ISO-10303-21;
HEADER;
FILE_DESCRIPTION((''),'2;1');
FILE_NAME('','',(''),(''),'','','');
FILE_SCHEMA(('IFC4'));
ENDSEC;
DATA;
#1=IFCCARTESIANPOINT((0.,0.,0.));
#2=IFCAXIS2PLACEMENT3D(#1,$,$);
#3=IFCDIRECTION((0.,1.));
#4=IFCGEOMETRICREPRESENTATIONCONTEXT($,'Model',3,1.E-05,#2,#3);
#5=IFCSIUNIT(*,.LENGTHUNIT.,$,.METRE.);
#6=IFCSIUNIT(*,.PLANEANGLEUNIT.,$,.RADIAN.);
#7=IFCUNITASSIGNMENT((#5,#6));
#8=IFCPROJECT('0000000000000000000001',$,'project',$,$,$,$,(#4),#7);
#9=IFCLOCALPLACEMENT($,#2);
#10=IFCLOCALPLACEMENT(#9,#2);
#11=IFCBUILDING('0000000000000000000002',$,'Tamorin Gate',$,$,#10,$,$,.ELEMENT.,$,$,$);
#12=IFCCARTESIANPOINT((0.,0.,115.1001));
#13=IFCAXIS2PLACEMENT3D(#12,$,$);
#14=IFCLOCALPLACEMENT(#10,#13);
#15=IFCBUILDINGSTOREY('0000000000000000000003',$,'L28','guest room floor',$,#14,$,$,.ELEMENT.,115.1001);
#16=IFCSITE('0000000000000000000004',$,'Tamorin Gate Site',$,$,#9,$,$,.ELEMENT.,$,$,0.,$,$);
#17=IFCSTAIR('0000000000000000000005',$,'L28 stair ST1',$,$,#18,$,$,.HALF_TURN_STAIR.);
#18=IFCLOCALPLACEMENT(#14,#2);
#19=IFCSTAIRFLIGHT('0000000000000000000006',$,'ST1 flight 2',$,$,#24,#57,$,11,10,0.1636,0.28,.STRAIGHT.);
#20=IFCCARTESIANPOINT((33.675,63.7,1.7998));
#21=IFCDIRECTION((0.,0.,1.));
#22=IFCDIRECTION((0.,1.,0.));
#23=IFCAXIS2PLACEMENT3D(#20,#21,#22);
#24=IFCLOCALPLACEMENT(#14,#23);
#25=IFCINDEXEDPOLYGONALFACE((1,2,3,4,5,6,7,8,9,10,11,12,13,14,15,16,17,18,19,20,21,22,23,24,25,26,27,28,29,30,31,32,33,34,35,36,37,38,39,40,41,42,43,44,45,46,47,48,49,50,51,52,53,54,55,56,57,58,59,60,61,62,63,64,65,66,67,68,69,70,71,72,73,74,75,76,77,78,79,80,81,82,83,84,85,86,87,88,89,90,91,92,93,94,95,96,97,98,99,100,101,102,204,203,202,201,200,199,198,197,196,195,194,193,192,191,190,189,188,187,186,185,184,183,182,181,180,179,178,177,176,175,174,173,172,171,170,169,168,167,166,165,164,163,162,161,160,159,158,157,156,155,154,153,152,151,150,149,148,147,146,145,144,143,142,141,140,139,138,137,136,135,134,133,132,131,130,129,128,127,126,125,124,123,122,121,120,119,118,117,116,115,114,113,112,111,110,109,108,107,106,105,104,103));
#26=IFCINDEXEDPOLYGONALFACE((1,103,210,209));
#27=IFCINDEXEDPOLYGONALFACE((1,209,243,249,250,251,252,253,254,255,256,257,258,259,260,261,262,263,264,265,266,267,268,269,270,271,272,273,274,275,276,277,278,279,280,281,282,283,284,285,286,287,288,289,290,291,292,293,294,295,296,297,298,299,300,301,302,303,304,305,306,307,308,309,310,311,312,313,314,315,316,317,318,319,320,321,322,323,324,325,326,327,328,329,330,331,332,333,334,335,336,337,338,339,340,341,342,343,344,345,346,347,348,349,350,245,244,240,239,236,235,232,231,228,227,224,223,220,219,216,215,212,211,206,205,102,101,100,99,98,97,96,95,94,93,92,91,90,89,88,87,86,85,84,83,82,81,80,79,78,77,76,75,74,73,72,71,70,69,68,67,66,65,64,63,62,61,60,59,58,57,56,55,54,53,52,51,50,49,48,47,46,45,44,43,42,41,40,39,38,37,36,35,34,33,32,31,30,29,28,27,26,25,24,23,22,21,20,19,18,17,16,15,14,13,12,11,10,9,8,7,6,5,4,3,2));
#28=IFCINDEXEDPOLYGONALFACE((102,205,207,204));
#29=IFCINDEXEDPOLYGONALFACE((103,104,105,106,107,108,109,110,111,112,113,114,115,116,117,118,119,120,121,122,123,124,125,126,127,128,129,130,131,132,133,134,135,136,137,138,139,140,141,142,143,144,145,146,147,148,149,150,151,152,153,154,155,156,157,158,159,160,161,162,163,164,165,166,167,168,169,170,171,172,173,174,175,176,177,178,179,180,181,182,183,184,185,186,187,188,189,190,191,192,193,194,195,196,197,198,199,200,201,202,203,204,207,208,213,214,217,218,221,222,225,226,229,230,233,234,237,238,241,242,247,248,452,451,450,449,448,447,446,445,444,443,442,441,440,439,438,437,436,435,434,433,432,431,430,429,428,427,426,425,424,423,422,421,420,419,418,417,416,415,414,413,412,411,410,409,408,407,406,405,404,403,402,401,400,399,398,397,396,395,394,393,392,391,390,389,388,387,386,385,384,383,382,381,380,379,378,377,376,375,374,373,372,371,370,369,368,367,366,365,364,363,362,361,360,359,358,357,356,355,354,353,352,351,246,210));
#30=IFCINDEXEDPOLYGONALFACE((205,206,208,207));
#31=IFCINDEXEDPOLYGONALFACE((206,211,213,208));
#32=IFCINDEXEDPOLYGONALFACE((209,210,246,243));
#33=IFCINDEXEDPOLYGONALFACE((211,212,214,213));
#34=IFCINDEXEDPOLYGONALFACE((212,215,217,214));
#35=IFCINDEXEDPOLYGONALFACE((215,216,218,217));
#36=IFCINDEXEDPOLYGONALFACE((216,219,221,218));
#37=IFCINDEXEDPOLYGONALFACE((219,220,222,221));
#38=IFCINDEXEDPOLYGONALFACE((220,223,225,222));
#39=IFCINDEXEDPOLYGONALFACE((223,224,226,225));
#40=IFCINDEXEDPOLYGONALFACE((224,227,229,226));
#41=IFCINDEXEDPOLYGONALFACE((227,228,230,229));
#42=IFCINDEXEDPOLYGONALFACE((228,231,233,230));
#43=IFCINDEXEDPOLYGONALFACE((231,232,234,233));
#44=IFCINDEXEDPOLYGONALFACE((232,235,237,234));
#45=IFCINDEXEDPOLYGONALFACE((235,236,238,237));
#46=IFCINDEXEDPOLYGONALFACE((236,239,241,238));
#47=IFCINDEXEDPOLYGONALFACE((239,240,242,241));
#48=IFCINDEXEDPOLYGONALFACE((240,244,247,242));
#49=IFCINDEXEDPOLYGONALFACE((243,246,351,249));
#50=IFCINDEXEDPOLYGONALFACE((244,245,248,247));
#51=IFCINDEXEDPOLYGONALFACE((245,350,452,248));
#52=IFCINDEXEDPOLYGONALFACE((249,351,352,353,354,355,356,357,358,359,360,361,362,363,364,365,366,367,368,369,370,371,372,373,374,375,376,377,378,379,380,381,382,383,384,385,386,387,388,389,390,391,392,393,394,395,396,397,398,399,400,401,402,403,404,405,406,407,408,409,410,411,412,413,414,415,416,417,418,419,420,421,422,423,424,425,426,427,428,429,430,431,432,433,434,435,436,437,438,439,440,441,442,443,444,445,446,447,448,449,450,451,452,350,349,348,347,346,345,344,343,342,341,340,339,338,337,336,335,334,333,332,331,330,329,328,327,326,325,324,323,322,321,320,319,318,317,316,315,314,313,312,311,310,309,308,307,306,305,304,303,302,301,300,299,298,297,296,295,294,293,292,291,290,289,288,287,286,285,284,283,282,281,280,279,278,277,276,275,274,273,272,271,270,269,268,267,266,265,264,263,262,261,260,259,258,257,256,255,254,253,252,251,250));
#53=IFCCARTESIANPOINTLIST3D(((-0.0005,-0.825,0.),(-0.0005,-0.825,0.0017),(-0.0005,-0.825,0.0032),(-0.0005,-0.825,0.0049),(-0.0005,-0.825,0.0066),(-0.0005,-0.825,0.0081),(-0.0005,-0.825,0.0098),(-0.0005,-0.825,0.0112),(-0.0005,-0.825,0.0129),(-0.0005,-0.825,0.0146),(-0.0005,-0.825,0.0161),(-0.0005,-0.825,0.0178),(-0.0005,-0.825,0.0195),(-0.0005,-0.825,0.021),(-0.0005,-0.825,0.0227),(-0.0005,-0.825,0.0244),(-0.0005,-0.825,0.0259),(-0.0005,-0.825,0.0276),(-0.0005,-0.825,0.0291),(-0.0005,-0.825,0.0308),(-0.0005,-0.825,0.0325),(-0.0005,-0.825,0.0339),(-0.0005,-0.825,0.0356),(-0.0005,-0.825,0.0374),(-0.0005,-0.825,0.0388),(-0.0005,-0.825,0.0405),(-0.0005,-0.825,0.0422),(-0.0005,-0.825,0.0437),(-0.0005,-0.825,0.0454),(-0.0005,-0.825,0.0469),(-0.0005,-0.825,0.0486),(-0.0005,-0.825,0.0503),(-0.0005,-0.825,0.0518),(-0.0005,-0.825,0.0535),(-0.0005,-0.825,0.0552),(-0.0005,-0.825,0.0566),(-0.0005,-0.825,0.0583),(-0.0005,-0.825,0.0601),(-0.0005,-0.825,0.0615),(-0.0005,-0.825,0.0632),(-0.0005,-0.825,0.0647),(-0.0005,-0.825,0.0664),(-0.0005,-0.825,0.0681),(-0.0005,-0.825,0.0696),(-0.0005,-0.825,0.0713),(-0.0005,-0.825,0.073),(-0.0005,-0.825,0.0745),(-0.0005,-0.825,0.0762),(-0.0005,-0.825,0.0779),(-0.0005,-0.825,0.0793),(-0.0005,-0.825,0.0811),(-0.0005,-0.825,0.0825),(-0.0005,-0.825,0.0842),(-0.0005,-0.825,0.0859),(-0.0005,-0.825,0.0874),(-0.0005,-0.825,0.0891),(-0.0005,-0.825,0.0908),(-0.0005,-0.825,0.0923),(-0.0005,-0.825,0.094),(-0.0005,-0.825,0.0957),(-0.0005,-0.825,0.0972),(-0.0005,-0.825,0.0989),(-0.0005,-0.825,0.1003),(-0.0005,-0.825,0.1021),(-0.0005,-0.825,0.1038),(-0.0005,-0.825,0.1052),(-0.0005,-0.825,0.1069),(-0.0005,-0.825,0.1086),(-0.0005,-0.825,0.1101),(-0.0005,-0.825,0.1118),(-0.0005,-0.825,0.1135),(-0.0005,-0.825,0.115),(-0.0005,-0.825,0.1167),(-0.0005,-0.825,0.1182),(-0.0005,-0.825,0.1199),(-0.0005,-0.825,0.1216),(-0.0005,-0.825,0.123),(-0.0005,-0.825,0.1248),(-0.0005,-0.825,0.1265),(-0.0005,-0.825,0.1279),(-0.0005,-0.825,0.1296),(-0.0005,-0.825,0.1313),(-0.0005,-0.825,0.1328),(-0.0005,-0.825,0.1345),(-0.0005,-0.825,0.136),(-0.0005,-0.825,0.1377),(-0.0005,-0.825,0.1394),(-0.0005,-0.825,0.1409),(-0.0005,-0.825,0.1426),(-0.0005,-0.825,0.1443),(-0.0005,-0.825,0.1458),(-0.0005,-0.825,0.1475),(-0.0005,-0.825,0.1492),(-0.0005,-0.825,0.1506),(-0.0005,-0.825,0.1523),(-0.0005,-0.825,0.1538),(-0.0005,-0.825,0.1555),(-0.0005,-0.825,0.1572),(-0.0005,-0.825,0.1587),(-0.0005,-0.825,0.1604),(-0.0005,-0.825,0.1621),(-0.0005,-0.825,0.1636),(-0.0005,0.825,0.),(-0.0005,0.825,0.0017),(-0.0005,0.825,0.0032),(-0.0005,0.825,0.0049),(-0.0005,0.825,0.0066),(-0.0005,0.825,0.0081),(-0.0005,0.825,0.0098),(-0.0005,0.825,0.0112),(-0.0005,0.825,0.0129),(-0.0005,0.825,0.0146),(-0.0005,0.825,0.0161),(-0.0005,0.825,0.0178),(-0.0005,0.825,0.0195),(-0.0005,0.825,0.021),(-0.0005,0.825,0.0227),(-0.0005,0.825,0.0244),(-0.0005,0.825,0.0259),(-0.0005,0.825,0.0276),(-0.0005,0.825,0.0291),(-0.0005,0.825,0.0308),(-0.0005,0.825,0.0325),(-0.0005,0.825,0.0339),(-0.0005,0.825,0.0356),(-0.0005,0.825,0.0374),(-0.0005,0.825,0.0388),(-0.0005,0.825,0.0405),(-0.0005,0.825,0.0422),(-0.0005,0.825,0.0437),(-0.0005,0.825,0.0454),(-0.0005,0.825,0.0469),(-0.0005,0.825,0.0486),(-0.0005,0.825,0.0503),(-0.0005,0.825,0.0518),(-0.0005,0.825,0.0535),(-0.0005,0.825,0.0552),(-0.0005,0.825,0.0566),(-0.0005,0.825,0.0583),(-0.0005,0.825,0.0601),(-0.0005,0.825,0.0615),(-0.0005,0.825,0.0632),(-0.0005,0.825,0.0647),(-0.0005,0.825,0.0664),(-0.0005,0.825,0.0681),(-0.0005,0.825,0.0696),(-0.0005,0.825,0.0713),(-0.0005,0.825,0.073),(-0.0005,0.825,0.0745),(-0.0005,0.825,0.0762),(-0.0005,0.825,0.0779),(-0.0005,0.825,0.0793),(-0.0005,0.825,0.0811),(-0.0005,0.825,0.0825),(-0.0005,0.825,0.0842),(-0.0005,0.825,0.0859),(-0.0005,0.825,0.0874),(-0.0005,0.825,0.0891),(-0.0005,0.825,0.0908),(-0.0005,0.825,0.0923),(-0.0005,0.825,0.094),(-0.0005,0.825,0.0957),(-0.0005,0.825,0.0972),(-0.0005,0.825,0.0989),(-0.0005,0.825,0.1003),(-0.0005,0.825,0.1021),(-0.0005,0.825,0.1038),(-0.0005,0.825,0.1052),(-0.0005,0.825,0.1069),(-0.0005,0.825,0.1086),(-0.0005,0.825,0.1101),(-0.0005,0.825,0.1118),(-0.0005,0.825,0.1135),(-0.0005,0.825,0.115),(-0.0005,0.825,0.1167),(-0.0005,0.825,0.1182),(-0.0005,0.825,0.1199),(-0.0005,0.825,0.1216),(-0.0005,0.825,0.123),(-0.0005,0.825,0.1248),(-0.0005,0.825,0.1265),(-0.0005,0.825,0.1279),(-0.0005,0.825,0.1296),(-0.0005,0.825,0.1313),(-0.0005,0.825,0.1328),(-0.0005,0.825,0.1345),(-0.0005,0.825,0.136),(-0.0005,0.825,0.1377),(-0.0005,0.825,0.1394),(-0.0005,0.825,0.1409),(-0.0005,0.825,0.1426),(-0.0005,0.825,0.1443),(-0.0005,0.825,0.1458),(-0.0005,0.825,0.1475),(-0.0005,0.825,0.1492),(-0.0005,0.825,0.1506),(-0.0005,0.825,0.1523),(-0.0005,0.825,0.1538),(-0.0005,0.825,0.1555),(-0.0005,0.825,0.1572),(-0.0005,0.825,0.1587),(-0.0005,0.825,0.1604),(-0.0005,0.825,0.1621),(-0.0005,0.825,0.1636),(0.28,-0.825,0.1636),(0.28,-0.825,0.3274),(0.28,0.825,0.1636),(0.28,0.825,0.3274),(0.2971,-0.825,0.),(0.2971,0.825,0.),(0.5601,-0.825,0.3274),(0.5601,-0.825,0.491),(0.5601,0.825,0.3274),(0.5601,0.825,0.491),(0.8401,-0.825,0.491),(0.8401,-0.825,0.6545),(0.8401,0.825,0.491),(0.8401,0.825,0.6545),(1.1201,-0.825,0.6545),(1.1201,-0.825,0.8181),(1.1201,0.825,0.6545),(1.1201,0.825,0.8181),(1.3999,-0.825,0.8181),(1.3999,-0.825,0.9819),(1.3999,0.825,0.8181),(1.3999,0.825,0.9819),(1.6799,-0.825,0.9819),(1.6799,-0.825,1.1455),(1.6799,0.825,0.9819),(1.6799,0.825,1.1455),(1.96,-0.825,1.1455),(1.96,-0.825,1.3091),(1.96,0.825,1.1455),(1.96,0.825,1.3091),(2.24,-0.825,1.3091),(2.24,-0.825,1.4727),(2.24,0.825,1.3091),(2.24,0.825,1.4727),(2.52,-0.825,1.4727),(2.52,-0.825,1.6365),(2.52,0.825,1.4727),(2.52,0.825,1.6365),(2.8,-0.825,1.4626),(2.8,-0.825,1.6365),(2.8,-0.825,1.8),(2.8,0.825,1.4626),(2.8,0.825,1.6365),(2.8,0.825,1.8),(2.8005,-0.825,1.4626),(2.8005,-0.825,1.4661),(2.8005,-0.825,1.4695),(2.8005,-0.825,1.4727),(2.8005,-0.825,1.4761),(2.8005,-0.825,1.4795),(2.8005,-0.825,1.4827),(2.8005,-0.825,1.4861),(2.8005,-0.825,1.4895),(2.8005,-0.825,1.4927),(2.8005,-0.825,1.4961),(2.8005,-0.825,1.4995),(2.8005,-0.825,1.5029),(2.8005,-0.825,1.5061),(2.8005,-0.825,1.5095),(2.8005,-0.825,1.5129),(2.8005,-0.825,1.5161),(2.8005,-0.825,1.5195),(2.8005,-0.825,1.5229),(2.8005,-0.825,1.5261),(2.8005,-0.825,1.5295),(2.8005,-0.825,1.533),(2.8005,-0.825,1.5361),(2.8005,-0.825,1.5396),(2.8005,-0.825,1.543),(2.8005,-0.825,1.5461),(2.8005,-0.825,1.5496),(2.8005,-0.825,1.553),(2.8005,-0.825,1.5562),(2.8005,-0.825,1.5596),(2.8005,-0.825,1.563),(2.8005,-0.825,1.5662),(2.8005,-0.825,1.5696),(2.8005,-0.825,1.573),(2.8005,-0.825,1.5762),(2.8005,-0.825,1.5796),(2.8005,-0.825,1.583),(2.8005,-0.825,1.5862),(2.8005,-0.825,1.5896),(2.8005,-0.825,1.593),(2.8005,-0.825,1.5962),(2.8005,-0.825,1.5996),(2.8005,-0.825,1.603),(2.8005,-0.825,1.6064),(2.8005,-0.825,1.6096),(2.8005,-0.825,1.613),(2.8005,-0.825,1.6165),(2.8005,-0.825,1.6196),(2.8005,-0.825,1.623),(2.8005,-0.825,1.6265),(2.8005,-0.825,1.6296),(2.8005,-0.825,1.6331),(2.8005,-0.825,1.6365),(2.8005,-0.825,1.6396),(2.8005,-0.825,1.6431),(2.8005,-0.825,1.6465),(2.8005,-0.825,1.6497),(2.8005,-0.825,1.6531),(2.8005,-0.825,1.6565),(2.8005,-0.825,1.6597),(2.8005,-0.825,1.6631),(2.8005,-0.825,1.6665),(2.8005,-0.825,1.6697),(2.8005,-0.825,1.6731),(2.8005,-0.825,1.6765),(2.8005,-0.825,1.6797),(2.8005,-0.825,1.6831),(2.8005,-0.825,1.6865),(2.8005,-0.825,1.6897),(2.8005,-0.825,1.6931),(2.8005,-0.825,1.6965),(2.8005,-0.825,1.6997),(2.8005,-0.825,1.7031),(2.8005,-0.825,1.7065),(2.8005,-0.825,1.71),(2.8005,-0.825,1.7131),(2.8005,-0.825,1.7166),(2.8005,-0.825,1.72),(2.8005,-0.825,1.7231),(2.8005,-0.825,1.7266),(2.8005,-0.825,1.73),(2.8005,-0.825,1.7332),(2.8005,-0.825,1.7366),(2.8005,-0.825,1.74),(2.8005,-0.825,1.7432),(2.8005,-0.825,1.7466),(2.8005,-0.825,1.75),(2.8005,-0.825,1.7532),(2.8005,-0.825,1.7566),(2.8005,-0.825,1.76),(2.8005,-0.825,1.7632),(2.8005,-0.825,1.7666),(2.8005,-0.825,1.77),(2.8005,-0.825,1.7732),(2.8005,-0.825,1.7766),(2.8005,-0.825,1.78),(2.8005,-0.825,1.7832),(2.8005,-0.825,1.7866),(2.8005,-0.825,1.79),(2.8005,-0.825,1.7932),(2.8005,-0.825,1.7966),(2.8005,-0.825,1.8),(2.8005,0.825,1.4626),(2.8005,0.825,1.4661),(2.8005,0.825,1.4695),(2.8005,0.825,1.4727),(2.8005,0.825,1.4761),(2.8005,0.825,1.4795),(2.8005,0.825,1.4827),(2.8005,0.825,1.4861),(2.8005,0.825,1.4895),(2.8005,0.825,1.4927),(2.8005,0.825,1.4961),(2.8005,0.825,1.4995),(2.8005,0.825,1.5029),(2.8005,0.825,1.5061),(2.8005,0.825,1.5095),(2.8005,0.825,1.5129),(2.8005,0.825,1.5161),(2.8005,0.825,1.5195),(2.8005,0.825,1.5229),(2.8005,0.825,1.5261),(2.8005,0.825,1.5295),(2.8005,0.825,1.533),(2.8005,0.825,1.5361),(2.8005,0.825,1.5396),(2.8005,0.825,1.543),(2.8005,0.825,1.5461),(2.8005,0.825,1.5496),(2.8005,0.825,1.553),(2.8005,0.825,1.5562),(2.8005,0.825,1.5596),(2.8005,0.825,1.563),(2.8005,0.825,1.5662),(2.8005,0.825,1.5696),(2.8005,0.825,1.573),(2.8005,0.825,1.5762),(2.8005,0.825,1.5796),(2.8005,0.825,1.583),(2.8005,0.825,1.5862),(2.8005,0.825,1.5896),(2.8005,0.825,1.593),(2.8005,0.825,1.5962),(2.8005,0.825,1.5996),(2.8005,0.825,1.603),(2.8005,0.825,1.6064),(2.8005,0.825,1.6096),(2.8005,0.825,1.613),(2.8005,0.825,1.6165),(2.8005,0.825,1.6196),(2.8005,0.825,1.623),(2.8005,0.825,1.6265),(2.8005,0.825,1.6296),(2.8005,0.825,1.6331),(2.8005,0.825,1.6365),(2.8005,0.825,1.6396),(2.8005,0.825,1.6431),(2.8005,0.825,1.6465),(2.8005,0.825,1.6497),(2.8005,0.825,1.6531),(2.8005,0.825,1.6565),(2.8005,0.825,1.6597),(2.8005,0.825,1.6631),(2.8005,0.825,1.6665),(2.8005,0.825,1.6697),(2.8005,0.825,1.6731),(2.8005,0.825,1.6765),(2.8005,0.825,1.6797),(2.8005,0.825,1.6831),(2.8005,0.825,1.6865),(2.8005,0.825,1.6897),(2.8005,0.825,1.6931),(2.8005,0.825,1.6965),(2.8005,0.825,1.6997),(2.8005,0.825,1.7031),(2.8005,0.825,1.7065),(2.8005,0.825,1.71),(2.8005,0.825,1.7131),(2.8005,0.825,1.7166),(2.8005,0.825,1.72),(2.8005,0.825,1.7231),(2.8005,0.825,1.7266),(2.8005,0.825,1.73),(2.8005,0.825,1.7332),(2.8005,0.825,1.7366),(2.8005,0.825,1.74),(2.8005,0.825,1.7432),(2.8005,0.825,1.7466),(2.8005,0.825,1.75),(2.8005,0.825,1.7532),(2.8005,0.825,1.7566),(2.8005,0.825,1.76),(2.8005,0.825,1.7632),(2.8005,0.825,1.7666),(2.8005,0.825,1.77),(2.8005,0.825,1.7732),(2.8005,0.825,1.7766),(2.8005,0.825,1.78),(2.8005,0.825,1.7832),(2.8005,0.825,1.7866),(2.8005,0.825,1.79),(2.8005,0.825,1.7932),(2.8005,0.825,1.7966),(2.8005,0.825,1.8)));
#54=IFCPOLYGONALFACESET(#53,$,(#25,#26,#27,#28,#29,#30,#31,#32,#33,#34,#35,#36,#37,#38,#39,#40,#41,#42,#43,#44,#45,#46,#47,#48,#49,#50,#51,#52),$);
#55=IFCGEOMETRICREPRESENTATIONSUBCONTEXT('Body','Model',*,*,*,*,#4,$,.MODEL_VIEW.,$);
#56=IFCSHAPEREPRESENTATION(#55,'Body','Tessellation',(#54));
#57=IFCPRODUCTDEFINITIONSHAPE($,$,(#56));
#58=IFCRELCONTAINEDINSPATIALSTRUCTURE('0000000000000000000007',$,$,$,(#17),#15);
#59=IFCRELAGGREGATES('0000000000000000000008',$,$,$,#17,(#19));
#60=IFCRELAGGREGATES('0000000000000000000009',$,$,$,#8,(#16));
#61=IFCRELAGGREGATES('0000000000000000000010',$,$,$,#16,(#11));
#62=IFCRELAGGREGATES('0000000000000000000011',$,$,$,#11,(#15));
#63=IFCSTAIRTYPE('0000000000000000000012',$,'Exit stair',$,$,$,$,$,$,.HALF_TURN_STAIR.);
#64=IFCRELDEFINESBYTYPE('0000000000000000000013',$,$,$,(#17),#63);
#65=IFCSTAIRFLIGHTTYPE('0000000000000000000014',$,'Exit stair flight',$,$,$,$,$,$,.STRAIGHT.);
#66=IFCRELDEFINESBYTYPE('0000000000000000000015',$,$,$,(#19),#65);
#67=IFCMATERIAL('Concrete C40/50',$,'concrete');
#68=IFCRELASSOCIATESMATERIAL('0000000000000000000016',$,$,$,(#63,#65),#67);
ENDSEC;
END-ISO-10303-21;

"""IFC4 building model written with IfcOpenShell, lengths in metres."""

from ifc_helpers import new_model, si_unit, direction, frame, origin, place, context, subcontext, project, spatial, polyline, outline, extrude, material, type_object, element, aggregate, save


model = new_model("IFC4")

# Units and contexts
model_context = context("Model", 3, precision=1e-05, world=origin(), true_north=direction((0.0, 1.0)))
body_context = subcontext(model_context, "Body", "Model", "MODEL_VIEW")
ifc_project = project(units=[si_unit("LENGTHUNIT", "METRE"), si_unit("PLANEANGLEUNIT", "RADIAN")], contexts=[model_context])

# Site, building, storey
site_placement = place(None, origin())
site = spatial("IfcSite", under=ifc_project, at=site_placement, Name="Tamorin Gate Site", CompositionType="ELEMENT", RefElevation=0.0)
building_placement = place(site_placement, origin())
building = spatial("IfcBuilding", under=site, at=building_placement, Name="Tamorin Gate", CompositionType="ELEMENT")
storey_placement = place(building_placement, frame((0.0, 0.0, 115.1001)))
storey = spatial("IfcBuildingStorey", under=building, at=storey_placement, Name="L28", Description="guest room floor", CompositionType="ELEMENT", Elevation=115.1001)

# Shared definitions
ifc_material_1 = material(Name="Concrete C40/50", Category="concrete")

# Stair, stair flight
stair_type = type_object("IfcStairType", Name="Exit stair", PredefinedType="HALF_TURN_STAIR", material=ifc_material_1)
stair_placement = place(storey_placement, origin())
stair = element("IfcStair", 1, at=stair_placement, inside=storey, type_object=stair_type, Name="L28 stair ST1", PredefinedType="HALF_TURN_STAIR")
stair_flight_type = type_object("IfcStairFlightType", Name="Exit stair flight", PredefinedType="STRAIGHT", material=ifc_material_1)
stair_flight_1_placement = place(storey_placement, frame((33.675, 63.7, 1.7998), z_axis=(0.0, 0.0, 1.0), x_axis=(0.0, 1.0, 0.0)))
stair_flight_1 = element("IfcStairFlight", 2, at=stair_flight_1_placement, type_object=stair_flight_type, Name="ST1 flight 2", NumberOfRisers=11, NumberOfTreads=10, PredefinedType="STRAIGHT", RiserHeight=0.1636, TreadLength=0.28, context=body_context, shape_type="SweptSolid", body=[
    extrude(outline(polyline([(-0.0005, 0.0), (-0.0005, 0.0017), (-0.0005, 0.0032), (-0.0005, 0.0049), (-0.0005, 0.0066), (-0.0005, 0.0081), (-0.0005, 0.0098), (-0.0005, 0.0112), (-0.0005, 0.0129), (-0.0005, 0.0146), (-0.0005, 0.0161), (-0.0005, 0.0178), (-0.0005, 0.0195), (-0.0005, 0.021), (-0.0005, 0.0227), (-0.0005, 0.0244), (-0.0005, 0.0259), (-0.0005, 0.0276), (-0.0005, 0.0291), (-0.0005, 0.0308), (-0.0005, 0.0325), (-0.0005, 0.0339), (-0.0005, 0.0356), (-0.0005, 0.0374), (-0.0005, 0.0388), (-0.0005, 0.0405), (-0.0005, 0.0422), (-0.0005, 0.0437), (-0.0005, 0.0454), (-0.0005, 0.0469), (-0.0005, 0.0486), (-0.0005, 0.0503), (-0.0005, 0.0518), (-0.0005, 0.0535), (-0.0005, 0.0552), (-0.0005, 0.0566), (-0.0005, 0.0583), (-0.0005, 0.0601), (-0.0005, 0.0615), (-0.0005, 0.0632), (-0.0005, 0.0647), (-0.0005, 0.0664), (-0.0005, 0.0681), (-0.0005, 0.0696), (-0.0005, 0.0713), (-0.0005, 0.073), (-0.0005, 0.0745), (-0.0005, 0.0762), (-0.0005, 0.0779), (-0.0005, 0.0793), (-0.0005, 0.0811), (-0.0005, 0.0825), (-0.0005, 0.0842), (-0.0005, 0.0859), (-0.0005, 0.0874), (-0.0005, 0.0891), (-0.0005, 0.0908), (-0.0005, 0.0923), (-0.0005, 0.094), (-0.0005, 0.0957), (-0.0005, 0.0972), (-0.0005, 0.0989), (-0.0005, 0.1003), (-0.0005, 0.1021), (-0.0005, 0.1038), (-0.0005, 0.1052), (-0.0005, 0.1069), (-0.0005, 0.1086), (-0.0005, 0.1101), (-0.0005, 0.1118), (-0.0005, 0.1135), (-0.0005, 0.115), (-0.0005, 0.1167), (-0.0005, 0.1182), (-0.0005, 0.1199), (-0.0005, 0.1216), (-0.0005, 0.123), (-0.0005, 0.1248), (-0.0005, 0.1265), (-0.0005, 0.1279), (-0.0005, 0.1296), (-0.0005, 0.1313), (-0.0005, 0.1328), (-0.0005, 0.1345), (-0.0005, 0.136), (-0.0005, 0.1377), (-0.0005, 0.1394), (-0.0005, 0.1409), (-0.0005, 0.1426), (-0.0005, 0.1443), (-0.0005, 0.1458), (-0.0005, 0.1475), (-0.0005, 0.1492), (-0.0005, 0.1506), (-0.0005, 0.1523), (-0.0005, 0.1538), (-0.0005, 0.1555), (-0.0005, 0.1572), (-0.0005, 0.1587), (-0.0005, 0.1604), (-0.0005, 0.1621), (-0.0005, 0.1636), (0.28, 0.1636), (0.28, 0.3274), (0.5601, 0.3274), (0.5601, 0.491), (0.8401, 0.491), (0.8401, 0.6545), (1.1201, 0.6545), (1.1201, 0.8181), (1.3999, 0.8181), (1.3999, 0.9819), (1.6799, 0.9819), (1.6799, 1.1455), (1.96, 1.1455), (1.96, 1.3091), (2.24, 1.3091), (2.24, 1.4727), (2.52, 1.4727), (2.52, 1.6365), (2.8, 1.6365), (2.8, 1.8), (2.8005, 1.8), (2.8005, 1.7966), (2.8005, 1.7932), (2.8005, 1.79), (2.8005, 1.7866), (2.8005, 1.7832), (2.8005, 1.78), (2.8005, 1.7766), (2.8005, 1.7732), (2.8005, 1.77), (2.8005, 1.7666), (2.8005, 1.7632), (2.8005, 1.76), (2.8005, 1.7566), (2.8005, 1.7532), (2.8005, 1.75), (2.8005, 1.7466), (2.8005, 1.7432), (2.8005, 1.74), (2.8005, 1.7366), (2.8005, 1.7332), (2.8005, 1.73), (2.8005, 1.7266), (2.8005, 1.7231), (2.8005, 1.72), (2.8005, 1.7166), (2.8005, 1.7131), (2.8005, 1.71), (2.8005, 1.7065), (2.8005, 1.7031), (2.8005, 1.6997), (2.8005, 1.6965), (2.8005, 1.6931), (2.8005, 1.6897), (2.8005, 1.6865), (2.8005, 1.6831), (2.8005, 1.6797), (2.8005, 1.6765), (2.8005, 1.6731), (2.8005, 1.6697), (2.8005, 1.6665), (2.8005, 1.6631), (2.8005, 1.6597), (2.8005, 1.6565), (2.8005, 1.6531), (2.8005, 1.6497), (2.8005, 1.6465), (2.8005, 1.6431), (2.8005, 1.6396), (2.8005, 1.6365), (2.8005, 1.6331), (2.8005, 1.6296), (2.8005, 1.6265), (2.8005, 1.623), (2.8005, 1.6196), (2.8005, 1.6165), (2.8005, 1.613), (2.8005, 1.6096), (2.8005, 1.6064), (2.8005, 1.603), (2.8005, 1.5996), (2.8005, 1.5962), (2.8005, 1.593), (2.8005, 1.5896), (2.8005, 1.5862), (2.8005, 1.583), (2.8005, 1.5796), (2.8005, 1.5762), (2.8005, 1.573), (2.8005, 1.5696), (2.8005, 1.5662), (2.8005, 1.563), (2.8005, 1.5596), (2.8005, 1.5562), (2.8005, 1.553), (2.8005, 1.5496), (2.8005, 1.5461), (2.8005, 1.543), (2.8005, 1.5396), (2.8005, 1.5361), (2.8005, 1.533), (2.8005, 1.5295), (2.8005, 1.5261), (2.8005, 1.5229), (2.8005, 1.5195), (2.8005, 1.5161), (2.8005, 1.5129), (2.8005, 1.5095), (2.8005, 1.5061), (2.8005, 1.5029), (2.8005, 1.4995), (2.8005, 1.4961), (2.8005, 1.4927), (2.8005, 1.4895), (2.8005, 1.4861), (2.8005, 1.4827), (2.8005, 1.4795), (2.8005, 1.4761), (2.8005, 1.4727), (2.8005, 1.4695), (2.8005, 1.4661), (2.8005, 1.4626), (2.8, 1.4626), (0.2971, 0.0), (-0.0005, 0.0)])), frame((0.0, 0.825, 0.0), z_axis=(0.0, -1.0, 0.0), x_axis=(1.0, 0.0, 0.0)), (0.0, 0.0, 1.0), 1.6499),
])
aggregate(stair, [stair_flight_1])

save(model, "model.ifc")
